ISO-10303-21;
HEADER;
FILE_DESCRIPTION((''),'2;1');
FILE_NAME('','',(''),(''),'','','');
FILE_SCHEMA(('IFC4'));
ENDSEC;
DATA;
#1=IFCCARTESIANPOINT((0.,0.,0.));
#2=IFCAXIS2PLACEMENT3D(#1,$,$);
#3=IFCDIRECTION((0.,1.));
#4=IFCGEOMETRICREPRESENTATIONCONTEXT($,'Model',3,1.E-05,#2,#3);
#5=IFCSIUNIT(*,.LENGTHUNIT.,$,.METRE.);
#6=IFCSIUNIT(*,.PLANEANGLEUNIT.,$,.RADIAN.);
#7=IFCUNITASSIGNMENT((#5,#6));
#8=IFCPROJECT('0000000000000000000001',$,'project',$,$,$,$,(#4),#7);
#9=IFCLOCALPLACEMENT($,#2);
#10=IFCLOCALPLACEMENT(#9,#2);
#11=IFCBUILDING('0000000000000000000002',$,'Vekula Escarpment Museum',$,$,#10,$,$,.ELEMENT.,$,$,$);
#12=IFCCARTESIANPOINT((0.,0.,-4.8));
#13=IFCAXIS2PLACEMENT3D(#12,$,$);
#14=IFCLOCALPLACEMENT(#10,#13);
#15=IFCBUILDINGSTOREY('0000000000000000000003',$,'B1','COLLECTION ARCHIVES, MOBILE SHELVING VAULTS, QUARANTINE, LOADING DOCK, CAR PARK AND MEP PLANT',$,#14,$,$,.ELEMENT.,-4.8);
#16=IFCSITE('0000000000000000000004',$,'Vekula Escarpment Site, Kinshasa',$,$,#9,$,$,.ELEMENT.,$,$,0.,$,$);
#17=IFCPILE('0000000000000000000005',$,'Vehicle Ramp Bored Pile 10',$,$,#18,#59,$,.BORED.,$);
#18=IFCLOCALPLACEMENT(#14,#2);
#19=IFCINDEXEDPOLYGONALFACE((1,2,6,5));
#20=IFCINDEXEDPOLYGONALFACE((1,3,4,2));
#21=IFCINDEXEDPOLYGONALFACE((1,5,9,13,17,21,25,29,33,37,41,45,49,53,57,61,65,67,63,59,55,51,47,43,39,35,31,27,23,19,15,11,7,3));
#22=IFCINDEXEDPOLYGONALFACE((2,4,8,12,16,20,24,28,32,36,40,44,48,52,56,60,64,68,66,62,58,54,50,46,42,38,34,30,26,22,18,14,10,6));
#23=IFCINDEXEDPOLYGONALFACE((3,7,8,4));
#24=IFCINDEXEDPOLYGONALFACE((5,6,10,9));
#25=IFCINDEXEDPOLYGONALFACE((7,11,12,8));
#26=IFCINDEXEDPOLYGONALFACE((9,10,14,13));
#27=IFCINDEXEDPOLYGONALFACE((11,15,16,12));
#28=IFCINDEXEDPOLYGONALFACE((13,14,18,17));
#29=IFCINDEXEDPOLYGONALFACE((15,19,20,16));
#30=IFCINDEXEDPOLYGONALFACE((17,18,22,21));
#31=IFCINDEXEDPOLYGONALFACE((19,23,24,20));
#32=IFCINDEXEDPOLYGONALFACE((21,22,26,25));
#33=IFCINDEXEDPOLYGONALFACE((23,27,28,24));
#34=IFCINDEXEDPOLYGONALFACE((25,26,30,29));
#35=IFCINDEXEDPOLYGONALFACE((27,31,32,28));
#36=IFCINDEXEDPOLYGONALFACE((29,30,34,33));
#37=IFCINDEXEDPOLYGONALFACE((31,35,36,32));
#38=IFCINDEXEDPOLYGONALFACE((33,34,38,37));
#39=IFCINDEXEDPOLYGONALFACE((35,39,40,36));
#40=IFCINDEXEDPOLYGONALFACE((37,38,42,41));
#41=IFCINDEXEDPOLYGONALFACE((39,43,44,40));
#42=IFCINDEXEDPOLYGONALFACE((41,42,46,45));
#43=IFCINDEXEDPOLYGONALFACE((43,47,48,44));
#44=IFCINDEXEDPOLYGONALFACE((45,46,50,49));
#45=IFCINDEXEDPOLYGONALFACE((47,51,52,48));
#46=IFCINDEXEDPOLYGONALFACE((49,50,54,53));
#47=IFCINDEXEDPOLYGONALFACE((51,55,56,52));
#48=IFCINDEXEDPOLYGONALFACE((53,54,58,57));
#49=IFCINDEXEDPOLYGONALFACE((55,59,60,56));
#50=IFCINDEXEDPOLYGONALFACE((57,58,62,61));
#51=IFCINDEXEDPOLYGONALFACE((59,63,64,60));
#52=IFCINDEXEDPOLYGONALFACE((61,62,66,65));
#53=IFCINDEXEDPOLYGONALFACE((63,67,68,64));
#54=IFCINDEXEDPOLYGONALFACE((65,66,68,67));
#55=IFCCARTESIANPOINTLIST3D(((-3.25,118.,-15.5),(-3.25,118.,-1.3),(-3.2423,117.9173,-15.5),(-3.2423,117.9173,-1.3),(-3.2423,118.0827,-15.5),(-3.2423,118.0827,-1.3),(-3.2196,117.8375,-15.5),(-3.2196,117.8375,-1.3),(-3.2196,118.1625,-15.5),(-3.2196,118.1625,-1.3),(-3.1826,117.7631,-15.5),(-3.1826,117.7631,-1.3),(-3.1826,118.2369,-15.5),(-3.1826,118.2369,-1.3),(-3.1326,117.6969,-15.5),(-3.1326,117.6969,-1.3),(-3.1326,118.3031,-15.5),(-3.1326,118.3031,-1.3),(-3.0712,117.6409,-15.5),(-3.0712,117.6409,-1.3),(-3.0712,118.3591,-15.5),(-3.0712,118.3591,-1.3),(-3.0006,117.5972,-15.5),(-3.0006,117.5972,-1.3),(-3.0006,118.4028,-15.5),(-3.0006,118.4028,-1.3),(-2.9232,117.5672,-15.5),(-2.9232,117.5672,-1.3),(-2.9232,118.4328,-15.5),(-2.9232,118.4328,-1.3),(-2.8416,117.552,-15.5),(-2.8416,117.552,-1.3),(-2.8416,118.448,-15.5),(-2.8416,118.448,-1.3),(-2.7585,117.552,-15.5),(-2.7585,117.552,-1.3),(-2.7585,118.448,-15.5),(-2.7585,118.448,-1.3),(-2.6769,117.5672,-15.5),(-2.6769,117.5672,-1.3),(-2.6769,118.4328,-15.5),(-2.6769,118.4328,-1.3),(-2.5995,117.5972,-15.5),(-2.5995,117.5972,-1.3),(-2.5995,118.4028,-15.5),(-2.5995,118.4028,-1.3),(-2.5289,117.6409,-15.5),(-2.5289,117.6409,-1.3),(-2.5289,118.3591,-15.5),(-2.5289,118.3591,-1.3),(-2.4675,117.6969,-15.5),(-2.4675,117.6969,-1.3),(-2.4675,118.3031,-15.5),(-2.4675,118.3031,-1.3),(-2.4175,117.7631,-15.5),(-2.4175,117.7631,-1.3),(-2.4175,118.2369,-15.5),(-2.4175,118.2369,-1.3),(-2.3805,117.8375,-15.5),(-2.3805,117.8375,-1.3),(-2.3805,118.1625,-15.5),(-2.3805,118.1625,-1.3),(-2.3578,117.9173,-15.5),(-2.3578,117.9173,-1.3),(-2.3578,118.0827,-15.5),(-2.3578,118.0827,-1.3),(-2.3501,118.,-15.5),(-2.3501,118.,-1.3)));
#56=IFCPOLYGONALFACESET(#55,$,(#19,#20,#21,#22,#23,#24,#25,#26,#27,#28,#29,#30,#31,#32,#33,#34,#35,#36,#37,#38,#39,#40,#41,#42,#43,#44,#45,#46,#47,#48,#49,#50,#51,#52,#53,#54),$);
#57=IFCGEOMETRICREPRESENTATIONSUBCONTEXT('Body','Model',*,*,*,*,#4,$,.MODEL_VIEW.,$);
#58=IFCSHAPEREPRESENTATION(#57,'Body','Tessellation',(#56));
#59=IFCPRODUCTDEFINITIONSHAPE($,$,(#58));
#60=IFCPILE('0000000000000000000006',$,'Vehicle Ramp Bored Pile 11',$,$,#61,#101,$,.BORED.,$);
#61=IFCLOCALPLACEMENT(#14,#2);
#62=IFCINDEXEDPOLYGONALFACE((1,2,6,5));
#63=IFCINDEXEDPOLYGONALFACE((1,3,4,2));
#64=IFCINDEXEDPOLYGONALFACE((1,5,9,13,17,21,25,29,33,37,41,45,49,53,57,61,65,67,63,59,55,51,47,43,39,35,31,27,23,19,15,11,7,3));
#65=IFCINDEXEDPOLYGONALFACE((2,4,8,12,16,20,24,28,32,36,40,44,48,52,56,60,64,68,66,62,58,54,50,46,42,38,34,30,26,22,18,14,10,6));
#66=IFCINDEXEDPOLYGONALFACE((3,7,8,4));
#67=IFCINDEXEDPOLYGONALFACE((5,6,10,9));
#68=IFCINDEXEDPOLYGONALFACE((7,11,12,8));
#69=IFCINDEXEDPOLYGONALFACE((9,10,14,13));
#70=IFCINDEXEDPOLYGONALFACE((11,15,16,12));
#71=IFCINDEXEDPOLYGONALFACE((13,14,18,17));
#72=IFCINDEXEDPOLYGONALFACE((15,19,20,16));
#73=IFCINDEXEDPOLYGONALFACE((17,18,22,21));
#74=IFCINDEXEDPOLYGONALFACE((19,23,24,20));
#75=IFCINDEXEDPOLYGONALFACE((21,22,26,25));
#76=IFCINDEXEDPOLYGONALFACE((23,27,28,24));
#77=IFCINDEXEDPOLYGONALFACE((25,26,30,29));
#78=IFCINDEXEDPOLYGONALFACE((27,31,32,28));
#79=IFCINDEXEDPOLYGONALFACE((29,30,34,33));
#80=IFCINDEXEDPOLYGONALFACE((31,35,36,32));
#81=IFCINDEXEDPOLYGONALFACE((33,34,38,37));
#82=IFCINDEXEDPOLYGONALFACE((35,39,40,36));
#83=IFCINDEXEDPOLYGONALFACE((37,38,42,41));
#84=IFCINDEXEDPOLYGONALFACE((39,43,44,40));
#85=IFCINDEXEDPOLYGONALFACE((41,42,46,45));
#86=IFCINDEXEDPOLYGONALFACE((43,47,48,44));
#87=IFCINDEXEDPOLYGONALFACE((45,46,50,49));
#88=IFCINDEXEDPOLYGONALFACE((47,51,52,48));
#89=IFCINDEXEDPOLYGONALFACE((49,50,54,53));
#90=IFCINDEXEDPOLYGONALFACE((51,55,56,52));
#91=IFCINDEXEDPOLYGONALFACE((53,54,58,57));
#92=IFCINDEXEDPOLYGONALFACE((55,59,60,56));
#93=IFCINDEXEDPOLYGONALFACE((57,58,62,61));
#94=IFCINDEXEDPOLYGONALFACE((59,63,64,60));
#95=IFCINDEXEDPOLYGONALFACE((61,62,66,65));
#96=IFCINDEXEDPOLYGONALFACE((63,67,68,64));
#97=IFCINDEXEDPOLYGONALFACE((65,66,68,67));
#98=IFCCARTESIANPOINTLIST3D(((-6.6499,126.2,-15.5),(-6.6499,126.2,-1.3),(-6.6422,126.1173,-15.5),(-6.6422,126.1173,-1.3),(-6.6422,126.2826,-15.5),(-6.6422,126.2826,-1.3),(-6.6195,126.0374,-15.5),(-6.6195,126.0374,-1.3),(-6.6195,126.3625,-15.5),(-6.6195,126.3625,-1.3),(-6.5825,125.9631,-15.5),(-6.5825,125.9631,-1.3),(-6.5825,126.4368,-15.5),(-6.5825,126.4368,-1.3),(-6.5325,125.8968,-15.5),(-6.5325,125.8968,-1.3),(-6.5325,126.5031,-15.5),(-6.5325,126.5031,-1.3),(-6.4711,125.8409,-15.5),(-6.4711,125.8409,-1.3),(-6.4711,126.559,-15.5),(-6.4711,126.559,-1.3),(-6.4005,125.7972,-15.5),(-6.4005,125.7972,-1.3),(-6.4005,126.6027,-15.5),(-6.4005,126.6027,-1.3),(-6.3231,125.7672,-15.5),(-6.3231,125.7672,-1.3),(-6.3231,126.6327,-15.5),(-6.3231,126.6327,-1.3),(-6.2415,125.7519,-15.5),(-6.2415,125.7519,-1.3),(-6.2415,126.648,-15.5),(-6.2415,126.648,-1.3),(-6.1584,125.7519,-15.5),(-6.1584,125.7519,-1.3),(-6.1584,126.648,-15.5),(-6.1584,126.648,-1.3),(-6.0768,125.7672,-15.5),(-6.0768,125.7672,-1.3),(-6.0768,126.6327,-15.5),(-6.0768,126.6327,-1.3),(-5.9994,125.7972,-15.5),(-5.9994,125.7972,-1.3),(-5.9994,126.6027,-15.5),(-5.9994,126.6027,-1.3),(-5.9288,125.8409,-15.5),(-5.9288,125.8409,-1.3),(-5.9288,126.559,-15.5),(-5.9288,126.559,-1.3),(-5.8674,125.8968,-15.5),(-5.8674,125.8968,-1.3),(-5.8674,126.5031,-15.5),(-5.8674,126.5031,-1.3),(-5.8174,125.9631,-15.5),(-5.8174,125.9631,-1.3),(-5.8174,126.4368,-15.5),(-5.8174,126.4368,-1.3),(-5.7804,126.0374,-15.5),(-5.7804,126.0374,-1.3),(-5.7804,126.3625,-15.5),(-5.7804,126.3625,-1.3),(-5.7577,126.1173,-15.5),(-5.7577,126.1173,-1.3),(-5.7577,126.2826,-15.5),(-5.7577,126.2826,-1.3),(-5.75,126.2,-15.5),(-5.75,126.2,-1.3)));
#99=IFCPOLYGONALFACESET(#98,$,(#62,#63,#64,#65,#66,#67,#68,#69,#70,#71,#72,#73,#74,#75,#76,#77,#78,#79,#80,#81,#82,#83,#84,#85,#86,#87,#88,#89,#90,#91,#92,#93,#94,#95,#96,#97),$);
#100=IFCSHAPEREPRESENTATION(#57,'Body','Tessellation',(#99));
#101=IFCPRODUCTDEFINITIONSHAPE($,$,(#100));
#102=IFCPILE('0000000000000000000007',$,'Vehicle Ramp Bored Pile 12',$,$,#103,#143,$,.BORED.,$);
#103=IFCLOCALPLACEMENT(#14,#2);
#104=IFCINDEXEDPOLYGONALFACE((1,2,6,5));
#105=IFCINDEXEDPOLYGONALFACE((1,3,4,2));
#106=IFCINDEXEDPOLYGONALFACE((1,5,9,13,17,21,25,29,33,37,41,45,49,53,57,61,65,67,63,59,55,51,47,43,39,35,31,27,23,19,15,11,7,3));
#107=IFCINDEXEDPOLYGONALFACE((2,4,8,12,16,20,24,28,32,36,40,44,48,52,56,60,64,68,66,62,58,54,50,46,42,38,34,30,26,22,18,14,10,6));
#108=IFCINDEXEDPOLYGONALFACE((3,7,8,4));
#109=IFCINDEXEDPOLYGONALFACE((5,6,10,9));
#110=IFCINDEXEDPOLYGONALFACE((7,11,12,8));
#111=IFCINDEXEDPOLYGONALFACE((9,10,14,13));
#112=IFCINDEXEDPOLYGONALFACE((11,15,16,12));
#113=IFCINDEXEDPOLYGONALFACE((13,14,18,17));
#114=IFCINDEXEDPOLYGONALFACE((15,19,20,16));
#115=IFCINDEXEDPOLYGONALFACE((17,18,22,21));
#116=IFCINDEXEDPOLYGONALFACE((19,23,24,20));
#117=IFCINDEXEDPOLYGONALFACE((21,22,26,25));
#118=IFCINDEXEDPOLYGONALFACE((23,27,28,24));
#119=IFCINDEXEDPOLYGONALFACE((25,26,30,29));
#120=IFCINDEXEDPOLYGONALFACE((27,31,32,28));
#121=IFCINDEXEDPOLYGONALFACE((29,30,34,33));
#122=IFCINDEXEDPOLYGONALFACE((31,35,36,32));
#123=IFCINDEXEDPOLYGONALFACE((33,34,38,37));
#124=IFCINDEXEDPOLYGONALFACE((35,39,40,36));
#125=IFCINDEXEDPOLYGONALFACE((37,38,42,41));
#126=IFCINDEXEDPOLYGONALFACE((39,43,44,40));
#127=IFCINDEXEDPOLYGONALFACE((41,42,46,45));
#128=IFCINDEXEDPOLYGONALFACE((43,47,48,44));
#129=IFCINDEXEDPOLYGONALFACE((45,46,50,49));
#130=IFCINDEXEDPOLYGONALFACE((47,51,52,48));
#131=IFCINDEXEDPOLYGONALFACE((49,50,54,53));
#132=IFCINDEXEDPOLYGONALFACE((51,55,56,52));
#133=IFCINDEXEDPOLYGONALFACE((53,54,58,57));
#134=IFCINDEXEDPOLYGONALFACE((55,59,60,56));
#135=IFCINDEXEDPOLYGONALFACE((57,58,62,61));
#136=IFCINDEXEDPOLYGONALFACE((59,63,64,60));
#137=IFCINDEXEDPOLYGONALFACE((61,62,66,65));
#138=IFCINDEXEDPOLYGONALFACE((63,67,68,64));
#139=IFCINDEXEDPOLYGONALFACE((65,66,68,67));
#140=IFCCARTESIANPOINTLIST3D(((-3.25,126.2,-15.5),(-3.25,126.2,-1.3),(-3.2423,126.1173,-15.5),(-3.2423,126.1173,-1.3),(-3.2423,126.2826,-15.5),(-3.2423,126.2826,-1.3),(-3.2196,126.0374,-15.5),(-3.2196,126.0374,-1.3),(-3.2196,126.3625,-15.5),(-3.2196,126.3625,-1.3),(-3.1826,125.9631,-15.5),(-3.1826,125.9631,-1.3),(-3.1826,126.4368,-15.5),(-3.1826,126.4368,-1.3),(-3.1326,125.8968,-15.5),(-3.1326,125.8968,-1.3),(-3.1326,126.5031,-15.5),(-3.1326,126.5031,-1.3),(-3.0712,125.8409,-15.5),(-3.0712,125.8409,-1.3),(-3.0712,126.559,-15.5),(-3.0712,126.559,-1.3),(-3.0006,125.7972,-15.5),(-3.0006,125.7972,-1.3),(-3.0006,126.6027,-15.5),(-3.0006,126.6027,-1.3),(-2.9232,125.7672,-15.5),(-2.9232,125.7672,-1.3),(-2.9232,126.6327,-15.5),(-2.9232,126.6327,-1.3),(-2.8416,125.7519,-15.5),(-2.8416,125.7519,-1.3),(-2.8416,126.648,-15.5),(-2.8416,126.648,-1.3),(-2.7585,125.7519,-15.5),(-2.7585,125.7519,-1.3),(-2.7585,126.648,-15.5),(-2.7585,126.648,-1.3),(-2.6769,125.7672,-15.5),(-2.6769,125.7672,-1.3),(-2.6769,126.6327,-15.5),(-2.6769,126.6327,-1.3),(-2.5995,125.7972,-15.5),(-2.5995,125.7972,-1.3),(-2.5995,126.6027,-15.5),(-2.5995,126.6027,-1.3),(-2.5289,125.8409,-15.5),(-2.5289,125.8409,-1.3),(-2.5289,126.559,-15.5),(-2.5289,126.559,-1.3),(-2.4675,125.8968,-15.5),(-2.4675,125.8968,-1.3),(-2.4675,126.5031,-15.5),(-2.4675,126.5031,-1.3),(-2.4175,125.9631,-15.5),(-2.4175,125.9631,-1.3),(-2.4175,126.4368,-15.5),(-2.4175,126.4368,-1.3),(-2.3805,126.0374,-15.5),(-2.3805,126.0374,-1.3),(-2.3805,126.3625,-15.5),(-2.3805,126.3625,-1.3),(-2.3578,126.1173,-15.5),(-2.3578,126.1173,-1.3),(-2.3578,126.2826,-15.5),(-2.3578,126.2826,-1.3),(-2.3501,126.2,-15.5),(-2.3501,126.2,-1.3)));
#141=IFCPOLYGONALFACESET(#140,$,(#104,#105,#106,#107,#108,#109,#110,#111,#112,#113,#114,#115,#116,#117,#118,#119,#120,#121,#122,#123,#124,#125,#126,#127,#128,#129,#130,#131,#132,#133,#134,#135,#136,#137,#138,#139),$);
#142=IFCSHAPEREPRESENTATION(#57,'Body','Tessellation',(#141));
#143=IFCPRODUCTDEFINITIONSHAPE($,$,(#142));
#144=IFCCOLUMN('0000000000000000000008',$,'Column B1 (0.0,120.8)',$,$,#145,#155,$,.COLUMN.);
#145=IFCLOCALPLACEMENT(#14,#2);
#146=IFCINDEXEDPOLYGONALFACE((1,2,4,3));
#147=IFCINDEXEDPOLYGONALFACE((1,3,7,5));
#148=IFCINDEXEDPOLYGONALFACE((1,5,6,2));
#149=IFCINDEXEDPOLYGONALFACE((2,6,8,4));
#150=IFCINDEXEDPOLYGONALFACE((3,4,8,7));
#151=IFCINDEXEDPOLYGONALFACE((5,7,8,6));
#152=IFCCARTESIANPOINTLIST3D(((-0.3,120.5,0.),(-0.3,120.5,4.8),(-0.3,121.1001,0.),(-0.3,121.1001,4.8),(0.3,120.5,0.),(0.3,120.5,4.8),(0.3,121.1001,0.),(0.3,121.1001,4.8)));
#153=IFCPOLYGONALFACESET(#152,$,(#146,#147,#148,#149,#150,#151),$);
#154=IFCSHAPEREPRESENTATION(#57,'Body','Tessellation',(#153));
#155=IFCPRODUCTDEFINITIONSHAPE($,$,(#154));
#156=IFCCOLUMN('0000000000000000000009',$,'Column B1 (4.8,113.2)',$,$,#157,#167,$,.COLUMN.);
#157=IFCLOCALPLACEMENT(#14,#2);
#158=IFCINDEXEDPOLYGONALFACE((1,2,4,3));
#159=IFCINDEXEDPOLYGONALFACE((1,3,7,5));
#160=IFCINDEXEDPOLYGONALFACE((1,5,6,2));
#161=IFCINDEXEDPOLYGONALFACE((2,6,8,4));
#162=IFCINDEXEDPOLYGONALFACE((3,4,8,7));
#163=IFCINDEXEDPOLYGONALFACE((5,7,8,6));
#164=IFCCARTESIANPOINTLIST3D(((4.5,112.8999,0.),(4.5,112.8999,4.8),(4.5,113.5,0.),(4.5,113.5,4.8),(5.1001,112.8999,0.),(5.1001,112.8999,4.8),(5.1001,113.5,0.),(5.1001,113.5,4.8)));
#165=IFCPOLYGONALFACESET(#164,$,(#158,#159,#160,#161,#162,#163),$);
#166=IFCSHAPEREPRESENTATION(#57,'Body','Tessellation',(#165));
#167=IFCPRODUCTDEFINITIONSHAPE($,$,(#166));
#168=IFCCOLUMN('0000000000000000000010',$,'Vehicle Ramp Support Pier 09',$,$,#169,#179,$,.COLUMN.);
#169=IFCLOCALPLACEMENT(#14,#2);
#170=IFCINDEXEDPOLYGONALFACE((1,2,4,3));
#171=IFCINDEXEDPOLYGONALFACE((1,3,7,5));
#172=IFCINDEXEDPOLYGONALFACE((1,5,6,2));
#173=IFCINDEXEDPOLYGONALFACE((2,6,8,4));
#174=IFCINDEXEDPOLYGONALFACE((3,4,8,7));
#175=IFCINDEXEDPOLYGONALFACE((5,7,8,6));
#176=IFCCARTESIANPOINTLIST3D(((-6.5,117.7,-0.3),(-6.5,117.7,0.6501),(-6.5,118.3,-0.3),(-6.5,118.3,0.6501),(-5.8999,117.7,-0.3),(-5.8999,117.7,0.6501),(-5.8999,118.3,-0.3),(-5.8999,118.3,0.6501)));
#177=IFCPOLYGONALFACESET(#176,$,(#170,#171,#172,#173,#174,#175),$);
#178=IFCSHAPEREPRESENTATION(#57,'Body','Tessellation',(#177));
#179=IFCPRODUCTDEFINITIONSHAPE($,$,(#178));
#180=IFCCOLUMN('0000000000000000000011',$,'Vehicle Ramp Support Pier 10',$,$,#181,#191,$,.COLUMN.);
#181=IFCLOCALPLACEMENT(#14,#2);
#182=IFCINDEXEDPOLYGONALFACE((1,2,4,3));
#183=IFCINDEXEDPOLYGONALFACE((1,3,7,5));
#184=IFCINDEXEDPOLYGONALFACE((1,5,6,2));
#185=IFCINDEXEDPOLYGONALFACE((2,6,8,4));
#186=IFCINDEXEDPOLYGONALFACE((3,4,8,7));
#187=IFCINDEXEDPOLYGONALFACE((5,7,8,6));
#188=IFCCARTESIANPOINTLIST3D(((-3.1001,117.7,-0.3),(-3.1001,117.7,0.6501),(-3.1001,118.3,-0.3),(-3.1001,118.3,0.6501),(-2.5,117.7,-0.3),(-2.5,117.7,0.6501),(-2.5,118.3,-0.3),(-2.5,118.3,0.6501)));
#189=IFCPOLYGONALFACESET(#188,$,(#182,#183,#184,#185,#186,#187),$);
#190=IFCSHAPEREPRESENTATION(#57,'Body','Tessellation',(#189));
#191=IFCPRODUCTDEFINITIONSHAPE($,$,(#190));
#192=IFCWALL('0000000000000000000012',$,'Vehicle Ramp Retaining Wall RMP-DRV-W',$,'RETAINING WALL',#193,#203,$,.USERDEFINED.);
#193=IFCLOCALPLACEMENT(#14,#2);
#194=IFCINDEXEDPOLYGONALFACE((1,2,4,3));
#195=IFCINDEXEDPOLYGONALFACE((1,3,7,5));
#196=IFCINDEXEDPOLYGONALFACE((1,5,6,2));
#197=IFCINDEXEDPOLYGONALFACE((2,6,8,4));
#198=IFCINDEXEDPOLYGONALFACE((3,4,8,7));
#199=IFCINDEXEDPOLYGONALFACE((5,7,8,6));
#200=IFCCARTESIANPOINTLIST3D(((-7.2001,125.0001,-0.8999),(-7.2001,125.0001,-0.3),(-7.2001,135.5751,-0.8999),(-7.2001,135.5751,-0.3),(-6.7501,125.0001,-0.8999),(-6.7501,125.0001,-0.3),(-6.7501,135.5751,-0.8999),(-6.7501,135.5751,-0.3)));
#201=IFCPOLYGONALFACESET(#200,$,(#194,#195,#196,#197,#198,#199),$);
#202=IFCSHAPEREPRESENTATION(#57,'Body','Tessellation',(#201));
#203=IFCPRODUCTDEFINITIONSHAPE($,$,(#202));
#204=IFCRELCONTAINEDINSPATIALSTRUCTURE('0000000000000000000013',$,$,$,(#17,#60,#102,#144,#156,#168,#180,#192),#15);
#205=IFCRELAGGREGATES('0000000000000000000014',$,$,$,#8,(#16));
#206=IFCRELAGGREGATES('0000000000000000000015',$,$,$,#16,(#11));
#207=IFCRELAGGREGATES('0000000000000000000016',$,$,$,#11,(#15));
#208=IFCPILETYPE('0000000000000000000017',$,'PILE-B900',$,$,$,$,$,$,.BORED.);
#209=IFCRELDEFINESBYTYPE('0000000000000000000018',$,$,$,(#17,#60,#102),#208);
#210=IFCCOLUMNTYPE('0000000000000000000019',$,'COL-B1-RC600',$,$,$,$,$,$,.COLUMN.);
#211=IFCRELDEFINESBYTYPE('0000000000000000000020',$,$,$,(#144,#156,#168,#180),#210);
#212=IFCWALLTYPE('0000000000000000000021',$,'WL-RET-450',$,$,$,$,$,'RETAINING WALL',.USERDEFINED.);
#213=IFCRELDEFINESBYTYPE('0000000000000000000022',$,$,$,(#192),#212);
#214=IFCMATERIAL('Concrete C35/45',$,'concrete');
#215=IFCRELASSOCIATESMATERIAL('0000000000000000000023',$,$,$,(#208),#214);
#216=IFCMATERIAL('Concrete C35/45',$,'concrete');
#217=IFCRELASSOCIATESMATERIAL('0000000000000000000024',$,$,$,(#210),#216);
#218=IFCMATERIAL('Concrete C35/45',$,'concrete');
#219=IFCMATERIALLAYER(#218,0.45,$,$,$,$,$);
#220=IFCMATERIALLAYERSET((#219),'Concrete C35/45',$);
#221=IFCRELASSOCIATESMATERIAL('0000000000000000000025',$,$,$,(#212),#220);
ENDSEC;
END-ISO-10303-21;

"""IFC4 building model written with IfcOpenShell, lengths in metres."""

from ifc_helpers import new_model, si_unit, direction, frame, frame_2d, origin, origin_2d, place, context, subcontext, project, spatial, rectangle, circle, extrude, material, layer, layer_set, material_profile, profile_set, type_object, element, save


model = new_model("IFC4")

# Units and contexts
model_context = context("Model", 3, precision=1e-05, world=origin(), true_north=direction((0.0, 1.0)))
body_context = subcontext(model_context, "Body", "Model", "MODEL_VIEW")
ifc_project = project(units=[si_unit("LENGTHUNIT", "METRE"), si_unit("PLANEANGLEUNIT", "RADIAN")], contexts=[model_context])

# Site, building, storey
site_placement = place(None, origin())
site = spatial("IfcSite", under=ifc_project, at=site_placement, Name="Vekula Escarpment Site, Kinshasa", CompositionType="ELEMENT", RefElevation=0.0)
building_placement = place(site_placement, origin())
building = spatial("IfcBuilding", under=site, at=building_placement, Name="Vekula Escarpment Museum", CompositionType="ELEMENT")
storey_placement = place(building_placement, frame((0.0, 0.0, -4.8)))
storey = spatial("IfcBuildingStorey", under=building, at=storey_placement, Name="B1", Description="COLLECTION ARCHIVES, MOBILE SHELVING VAULTS, QUARANTINE, LOADING DOCK, CAR PARK AND MEP PLANT", CompositionType="ELEMENT", Elevation=-4.8)

# Piles
ifc_material_1 = material(Name="Concrete C35/45", Category="concrete")
ifc_material_profile_1 = material_profile(ifc_material_1, circle(Radius=0.45, at=origin_2d()), Name="BORED PILE 900")
ifc_profile_set_1 = profile_set([ifc_material_profile_1], Name="Concrete C35/45")
pile_type = type_object("IfcPileType", Name="PILE-B900", PredefinedType="BORED", material=ifc_profile_set_1)
for number, where, z_axis, x_axis, name in (
    (1, (-2.8, 118.0, -1.3), (0.0, 0.0, -1.0), (1.0, 0.0, 0.0), "Vehicle Ramp Bored Pile 10"),
    (2, (-6.2, 126.2, -1.3), (0.0, 0.0, -1.0), (1.0, 0.0, 0.0), "Vehicle Ramp Bored Pile 11"),
    (3, (-2.8, 126.2, -1.3), (0.0, 0.0, -1.0), (1.0, 0.0, 0.0), "Vehicle Ramp Bored Pile 12"),
):
    element("IfcPile", number, at=place(storey_placement, frame(where, z_axis=z_axis, x_axis=x_axis)), inside=storey, type_object=pile_type, Name=name, PredefinedType="BORED", context=body_context, shape_type="SweptSolid", body=[
        extrude(circle(Radius=0.45, at=origin_2d()), origin(), (0.0, 0.0, 1.0), 14.2),
    ])

# Columns
ifc_material_2 = material(Name="Concrete C35/45", Category="concrete")
ifc_material_profile_2 = material_profile(ifc_material_2, rectangle(XDim=0.6001, YDim=0.6001, at=origin_2d()), Name="RC 600x600")
ifc_profile_set_2 = profile_set([ifc_material_profile_2], Name="Concrete C35/45")
column_type = type_object("IfcColumnType", Name="COL-B1-RC600", PredefinedType="COLUMN", material=ifc_profile_set_2)
for number, where, z_axis, x_axis, name in (
    (4, (0.0, 120.8, 0.0), (0.0, 0.0, 1.0), (1.0, 0.0, 0.0), "Column B1 (0.0,120.8)"),
    (5, (4.8, 113.2, 0.0), (0.0, 0.0, 1.0), (1.0, 0.0, 0.0), "Column B1 (4.8,113.2)"),
):
    element("IfcColumn", number, at=place(storey_placement, frame(where, z_axis=z_axis, x_axis=x_axis)), inside=storey, type_object=column_type, Name=name, PredefinedType="COLUMN", context=body_context, shape_type="SweptSolid", body=[
        extrude(rectangle(XDim=0.6001, YDim=0.6001, at=origin_2d()), origin(), (0.0, 0.0, 1.0), 4.8),
    ])
for number, where, z_axis, x_axis, name in (
    (6, (-6.2, 118.0, -0.3), (0.0, 0.0, 1.0), (1.0, 0.0, 0.0), "Vehicle Ramp Support Pier 09"),
    (7, (-2.8, 118.0, -0.3), (0.0, 0.0, 1.0), (1.0, 0.0, 0.0), "Vehicle Ramp Support Pier 10"),
):
    element("IfcColumn", number, at=place(storey_placement, frame(where, z_axis=z_axis, x_axis=x_axis)), inside=storey, type_object=column_type, Name=name, PredefinedType="COLUMN", context=body_context, shape_type="SweptSolid", body=[
        extrude(rectangle(XDim=0.6001, YDim=0.6001, at=origin_2d()), origin(), (0.0, 0.0, 1.0), 0.9502),
    ])

# Shared definitions
ifc_material_3 = material(Name="Concrete C35/45", Category="concrete")
ifc_layer = layer(ifc_material_3, 0.45)
ifc_layer_set = layer_set([ifc_layer], Name="Concrete C35/45")
wall_type = type_object("IfcWallType", Name="WL-RET-450", ElementType="RETAINING WALL", PredefinedType="USERDEFINED", material=ifc_layer_set)

# Wall
wall_1_placement = place(storey_placement, frame((-6.9751, 125.0, -0.8999), z_axis=(0.0, 0.0, 1.0), x_axis=(0.0, 1.0, 0.0)))
element("IfcWall", 8, at=wall_1_placement, inside=storey, type_object=wall_type, Name="Vehicle Ramp Retaining Wall RMP-DRV-W", ObjectType="RETAINING WALL", PredefinedType="USERDEFINED", context=body_context, shape_type="SweptSolid", body=[
    extrude(rectangle(XDim=10.575, YDim=0.45, at=frame_2d((5.2876, 0.0))), origin(), (0.0, 0.0, 1.0), 0.5999),
])

save(model, "model.ifc")
